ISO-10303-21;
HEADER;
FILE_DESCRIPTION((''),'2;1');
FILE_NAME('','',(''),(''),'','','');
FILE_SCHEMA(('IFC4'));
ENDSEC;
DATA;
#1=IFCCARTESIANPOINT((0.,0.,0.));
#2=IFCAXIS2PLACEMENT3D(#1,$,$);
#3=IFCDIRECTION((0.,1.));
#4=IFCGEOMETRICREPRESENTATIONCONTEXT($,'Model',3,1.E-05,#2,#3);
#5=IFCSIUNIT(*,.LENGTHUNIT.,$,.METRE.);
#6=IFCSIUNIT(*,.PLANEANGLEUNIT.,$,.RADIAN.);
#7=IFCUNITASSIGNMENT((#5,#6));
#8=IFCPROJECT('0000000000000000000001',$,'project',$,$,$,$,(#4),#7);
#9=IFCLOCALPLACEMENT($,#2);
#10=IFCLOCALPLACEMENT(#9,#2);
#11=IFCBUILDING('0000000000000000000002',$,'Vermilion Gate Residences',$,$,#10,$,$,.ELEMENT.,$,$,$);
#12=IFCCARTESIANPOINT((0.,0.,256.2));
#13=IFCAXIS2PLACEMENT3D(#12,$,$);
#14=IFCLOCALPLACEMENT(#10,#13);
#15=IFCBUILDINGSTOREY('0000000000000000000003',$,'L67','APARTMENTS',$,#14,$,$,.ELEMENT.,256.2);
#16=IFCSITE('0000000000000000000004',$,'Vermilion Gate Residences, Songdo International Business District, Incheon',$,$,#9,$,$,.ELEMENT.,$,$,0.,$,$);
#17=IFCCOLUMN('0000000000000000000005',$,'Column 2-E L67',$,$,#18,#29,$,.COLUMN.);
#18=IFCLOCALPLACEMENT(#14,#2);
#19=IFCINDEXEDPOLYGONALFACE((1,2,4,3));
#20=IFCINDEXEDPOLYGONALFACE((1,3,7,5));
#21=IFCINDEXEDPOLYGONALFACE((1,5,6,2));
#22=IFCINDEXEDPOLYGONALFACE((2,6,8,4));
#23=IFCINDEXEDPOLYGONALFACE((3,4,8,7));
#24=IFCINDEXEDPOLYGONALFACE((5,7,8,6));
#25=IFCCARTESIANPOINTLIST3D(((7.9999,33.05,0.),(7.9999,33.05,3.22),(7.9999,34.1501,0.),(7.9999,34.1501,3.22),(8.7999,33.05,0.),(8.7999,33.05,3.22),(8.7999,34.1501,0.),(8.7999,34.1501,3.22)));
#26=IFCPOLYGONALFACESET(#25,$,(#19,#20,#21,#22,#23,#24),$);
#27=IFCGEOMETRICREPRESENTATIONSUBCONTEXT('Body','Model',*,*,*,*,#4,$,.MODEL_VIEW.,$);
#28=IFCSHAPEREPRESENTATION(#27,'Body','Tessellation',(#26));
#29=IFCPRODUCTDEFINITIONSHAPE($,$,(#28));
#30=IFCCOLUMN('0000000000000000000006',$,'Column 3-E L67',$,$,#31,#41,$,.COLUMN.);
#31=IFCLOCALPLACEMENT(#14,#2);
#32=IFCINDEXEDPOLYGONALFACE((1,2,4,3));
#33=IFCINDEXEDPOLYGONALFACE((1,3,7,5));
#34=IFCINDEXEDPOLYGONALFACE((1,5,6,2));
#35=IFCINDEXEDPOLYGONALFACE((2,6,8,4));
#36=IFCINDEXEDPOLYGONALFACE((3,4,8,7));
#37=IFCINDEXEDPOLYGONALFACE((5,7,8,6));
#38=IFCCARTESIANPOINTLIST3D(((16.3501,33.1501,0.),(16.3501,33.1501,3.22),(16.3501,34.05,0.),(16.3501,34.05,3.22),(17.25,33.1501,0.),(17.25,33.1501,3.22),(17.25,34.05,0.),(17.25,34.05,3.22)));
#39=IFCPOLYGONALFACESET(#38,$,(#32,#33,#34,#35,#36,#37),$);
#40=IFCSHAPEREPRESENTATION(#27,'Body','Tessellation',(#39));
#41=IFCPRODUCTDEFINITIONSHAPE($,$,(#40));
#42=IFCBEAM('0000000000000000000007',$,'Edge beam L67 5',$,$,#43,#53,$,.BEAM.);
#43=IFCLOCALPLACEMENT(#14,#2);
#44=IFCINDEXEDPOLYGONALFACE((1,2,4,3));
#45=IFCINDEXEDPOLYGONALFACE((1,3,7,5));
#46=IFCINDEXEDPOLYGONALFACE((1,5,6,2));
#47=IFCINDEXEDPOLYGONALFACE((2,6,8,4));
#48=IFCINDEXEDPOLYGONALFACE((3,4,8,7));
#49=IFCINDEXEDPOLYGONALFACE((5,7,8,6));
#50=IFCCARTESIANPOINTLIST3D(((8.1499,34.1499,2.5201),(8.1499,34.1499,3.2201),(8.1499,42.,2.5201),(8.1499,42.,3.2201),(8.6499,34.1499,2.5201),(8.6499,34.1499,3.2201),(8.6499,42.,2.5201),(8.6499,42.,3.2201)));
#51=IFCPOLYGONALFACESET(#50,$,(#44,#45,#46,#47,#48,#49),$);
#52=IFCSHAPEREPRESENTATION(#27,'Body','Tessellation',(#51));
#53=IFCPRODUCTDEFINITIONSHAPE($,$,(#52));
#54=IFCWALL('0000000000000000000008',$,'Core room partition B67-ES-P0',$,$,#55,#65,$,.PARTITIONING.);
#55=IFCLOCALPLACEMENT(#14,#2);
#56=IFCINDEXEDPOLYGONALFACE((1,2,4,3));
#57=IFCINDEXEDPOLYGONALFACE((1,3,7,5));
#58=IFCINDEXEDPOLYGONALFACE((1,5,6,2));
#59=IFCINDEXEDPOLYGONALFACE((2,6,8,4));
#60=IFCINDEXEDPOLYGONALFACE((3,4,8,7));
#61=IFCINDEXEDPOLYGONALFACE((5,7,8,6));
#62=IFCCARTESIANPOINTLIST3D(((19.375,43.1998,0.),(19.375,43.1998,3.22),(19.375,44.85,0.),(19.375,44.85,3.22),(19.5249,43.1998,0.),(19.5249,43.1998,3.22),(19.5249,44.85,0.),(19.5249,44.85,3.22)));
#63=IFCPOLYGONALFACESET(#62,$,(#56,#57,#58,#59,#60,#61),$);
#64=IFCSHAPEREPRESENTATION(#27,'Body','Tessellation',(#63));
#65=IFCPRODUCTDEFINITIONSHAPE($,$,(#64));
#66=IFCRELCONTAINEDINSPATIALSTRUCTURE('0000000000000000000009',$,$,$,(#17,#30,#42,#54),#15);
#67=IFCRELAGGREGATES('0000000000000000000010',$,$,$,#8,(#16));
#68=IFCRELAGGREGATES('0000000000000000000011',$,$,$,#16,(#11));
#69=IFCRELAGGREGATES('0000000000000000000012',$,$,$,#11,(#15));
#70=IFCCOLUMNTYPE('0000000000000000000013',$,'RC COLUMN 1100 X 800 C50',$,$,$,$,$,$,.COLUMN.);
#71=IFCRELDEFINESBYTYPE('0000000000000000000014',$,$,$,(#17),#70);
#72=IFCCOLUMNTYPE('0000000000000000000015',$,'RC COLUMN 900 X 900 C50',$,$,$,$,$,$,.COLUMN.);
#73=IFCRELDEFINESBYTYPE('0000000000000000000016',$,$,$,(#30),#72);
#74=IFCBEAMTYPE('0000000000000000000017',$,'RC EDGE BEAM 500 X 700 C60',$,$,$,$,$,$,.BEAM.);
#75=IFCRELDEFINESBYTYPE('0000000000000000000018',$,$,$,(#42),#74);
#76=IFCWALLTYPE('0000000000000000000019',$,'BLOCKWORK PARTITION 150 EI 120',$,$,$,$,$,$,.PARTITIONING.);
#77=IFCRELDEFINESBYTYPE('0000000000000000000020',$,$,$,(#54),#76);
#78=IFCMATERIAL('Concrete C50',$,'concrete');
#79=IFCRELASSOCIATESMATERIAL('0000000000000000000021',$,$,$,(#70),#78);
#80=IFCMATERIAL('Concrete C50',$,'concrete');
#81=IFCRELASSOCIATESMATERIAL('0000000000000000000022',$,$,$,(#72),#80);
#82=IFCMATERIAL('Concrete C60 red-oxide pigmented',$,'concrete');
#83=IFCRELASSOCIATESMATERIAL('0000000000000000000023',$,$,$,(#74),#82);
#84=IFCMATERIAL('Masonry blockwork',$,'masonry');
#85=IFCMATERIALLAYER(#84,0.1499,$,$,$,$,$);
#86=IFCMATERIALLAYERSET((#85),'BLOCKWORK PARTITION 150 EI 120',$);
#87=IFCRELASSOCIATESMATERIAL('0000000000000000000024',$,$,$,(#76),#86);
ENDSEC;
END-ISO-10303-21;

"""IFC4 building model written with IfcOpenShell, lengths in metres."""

from ifc_helpers import new_model, si_unit, direction, frame, frame_2d, origin, origin_2d, place, context, subcontext, project, spatial, rectangle, extrude, material, layer, layer_set, material_profile, profile_set, type_object, element, save


model = new_model("IFC4")

# Units and contexts
model_context = context("Model", 3, precision=1e-05, world=origin(), true_north=direction((0.0, 1.0)))
body_context = subcontext(model_context, "Body", "Model", "MODEL_VIEW")
ifc_project = project(units=[si_unit("LENGTHUNIT", "METRE"), si_unit("PLANEANGLEUNIT", "RADIAN")], contexts=[model_context])

# Site, building, storey
site_placement = place(None, origin())
site = spatial("IfcSite", under=ifc_project, at=site_placement, Name="Vermilion Gate Residences, Songdo International Business District, Incheon", CompositionType="ELEMENT", RefElevation=0.0)
building_placement = place(site_placement, origin())
building = spatial("IfcBuilding", under=site, at=building_placement, Name="Vermilion Gate Residences", CompositionType="ELEMENT")
storey_placement = place(building_placement, frame((0.0, 0.0, 256.2)))
storey = spatial("IfcBuildingStorey", under=building, at=storey_placement, Name="L67", Description="APARTMENTS", CompositionType="ELEMENT", Elevation=256.2)

# Columns
ifc_material_1 = material(Name="Concrete C50", Category="concrete")
ifc_material_profile_1 = material_profile(ifc_material_1, rectangle(XDim=1.1001, YDim=0.8, at=origin_2d()), Name="RC-1100x800")
ifc_profile_set_1 = profile_set([ifc_material_profile_1], Name="Concrete C50")
column_type_1 = type_object("IfcColumnType", Name="RC COLUMN 1100 X 800 C50", PredefinedType="COLUMN", material=ifc_profile_set_1)
column_1_placement = place(storey_placement, frame((8.3999, 33.6001, 0.0), z_axis=(0.0, 0.0, 1.0), x_axis=(0.0, 1.0, 0.0)))
element("IfcColumn", 1, at=column_1_placement, inside=storey, type_object=column_type_1, Name="Column 2-E L67", PredefinedType="COLUMN", context=body_context, shape_type="SweptSolid", body=[
    extrude(rectangle(XDim=1.1001, YDim=0.8, at=origin_2d()), origin(), (0.0, 0.0, 1.0), 3.22),
])
ifc_material_2 = material(Name="Concrete C50", Category="concrete")
ifc_material_profile_2 = material_profile(ifc_material_2, rectangle(XDim=0.8999, YDim=0.8999, at=origin_2d()), Name="RC-900x900")
ifc_profile_set_2 = profile_set([ifc_material_profile_2], Name="Concrete C50")
column_type_2 = type_object("IfcColumnType", Name="RC COLUMN 900 X 900 C50", PredefinedType="COLUMN", material=ifc_profile_set_2)
column_2_placement = place(storey_placement, frame((16.8, 33.6001, 0.0), z_axis=(0.0, 0.0, 1.0), x_axis=(1.0, 0.0, 0.0)))
element("IfcColumn", 2, at=column_2_placement, inside=storey, type_object=column_type_2, Name="Column 3-E L67", PredefinedType="COLUMN", context=body_context, shape_type="SweptSolid", body=[
    extrude(rectangle(XDim=0.8999, YDim=0.8999, at=origin_2d()), origin(), (0.0, 0.0, 1.0), 3.22),
])

# Beam
ifc_material_3 = material(Name="Concrete C60 red-oxide pigmented", Category="concrete")
ifc_material_profile_3 = material_profile(ifc_material_3, rectangle(XDim=0.5, YDim=0.7, at=origin_2d()), Name="RC-500x700")
ifc_profile_set_3 = profile_set([ifc_material_profile_3], Name="Concrete C60 red-oxide pigmented")
beam_type = type_object("IfcBeamType", Name="RC EDGE BEAM 500 X 700 C60", PredefinedType="BEAM", material=ifc_profile_set_3)
beam_placement = place(storey_placement, frame((8.3999, 34.1499, 2.8701), z_axis=(0.0, 1.0, 0.0), x_axis=(-1.0, 0.0, 0.0)))
element("IfcBeam", 3, at=beam_placement, inside=storey, type_object=beam_type, Name="Edge beam L67 5", PredefinedType="BEAM", context=body_context, shape_type="SweptSolid", body=[
    extrude(rectangle(XDim=0.5, YDim=0.7, at=origin_2d()), origin(), (0.0, 0.0, 1.0), 7.8501),
])

# Wall
ifc_material_4 = material(Name="Masonry blockwork", Category="masonry")
ifc_layer_1 = layer(ifc_material_4, 0.1499)
ifc_layer_set_1 = layer_set([ifc_layer_1], Name="BLOCKWORK PARTITION 150 EI 120")
wall_type_1 = type_object("IfcWallType", Name="BLOCKWORK PARTITION 150 EI 120", PredefinedType="PARTITIONING", material=ifc_layer_set_1)
wall_1_placement = place(storey_placement, frame((19.45, 44.8501, 0.0), z_axis=(0.0, 0.0, 1.0), x_axis=(0.0, -1.0, 0.0)))
element("IfcWall", 4, at=wall_1_placement, inside=storey, type_object=wall_type_1, Name="Core room partition B67-ES-P0", PredefinedType="PARTITIONING", context=body_context, shape_type="SweptSolid", body=[
    extrude(rectangle(XDim=1.6501, YDim=0.1499, at=frame_2d((0.8252, 0.0))), origin(), (0.0, 0.0, 1.0), 3.22),
])

save(model, "model.ifc")
